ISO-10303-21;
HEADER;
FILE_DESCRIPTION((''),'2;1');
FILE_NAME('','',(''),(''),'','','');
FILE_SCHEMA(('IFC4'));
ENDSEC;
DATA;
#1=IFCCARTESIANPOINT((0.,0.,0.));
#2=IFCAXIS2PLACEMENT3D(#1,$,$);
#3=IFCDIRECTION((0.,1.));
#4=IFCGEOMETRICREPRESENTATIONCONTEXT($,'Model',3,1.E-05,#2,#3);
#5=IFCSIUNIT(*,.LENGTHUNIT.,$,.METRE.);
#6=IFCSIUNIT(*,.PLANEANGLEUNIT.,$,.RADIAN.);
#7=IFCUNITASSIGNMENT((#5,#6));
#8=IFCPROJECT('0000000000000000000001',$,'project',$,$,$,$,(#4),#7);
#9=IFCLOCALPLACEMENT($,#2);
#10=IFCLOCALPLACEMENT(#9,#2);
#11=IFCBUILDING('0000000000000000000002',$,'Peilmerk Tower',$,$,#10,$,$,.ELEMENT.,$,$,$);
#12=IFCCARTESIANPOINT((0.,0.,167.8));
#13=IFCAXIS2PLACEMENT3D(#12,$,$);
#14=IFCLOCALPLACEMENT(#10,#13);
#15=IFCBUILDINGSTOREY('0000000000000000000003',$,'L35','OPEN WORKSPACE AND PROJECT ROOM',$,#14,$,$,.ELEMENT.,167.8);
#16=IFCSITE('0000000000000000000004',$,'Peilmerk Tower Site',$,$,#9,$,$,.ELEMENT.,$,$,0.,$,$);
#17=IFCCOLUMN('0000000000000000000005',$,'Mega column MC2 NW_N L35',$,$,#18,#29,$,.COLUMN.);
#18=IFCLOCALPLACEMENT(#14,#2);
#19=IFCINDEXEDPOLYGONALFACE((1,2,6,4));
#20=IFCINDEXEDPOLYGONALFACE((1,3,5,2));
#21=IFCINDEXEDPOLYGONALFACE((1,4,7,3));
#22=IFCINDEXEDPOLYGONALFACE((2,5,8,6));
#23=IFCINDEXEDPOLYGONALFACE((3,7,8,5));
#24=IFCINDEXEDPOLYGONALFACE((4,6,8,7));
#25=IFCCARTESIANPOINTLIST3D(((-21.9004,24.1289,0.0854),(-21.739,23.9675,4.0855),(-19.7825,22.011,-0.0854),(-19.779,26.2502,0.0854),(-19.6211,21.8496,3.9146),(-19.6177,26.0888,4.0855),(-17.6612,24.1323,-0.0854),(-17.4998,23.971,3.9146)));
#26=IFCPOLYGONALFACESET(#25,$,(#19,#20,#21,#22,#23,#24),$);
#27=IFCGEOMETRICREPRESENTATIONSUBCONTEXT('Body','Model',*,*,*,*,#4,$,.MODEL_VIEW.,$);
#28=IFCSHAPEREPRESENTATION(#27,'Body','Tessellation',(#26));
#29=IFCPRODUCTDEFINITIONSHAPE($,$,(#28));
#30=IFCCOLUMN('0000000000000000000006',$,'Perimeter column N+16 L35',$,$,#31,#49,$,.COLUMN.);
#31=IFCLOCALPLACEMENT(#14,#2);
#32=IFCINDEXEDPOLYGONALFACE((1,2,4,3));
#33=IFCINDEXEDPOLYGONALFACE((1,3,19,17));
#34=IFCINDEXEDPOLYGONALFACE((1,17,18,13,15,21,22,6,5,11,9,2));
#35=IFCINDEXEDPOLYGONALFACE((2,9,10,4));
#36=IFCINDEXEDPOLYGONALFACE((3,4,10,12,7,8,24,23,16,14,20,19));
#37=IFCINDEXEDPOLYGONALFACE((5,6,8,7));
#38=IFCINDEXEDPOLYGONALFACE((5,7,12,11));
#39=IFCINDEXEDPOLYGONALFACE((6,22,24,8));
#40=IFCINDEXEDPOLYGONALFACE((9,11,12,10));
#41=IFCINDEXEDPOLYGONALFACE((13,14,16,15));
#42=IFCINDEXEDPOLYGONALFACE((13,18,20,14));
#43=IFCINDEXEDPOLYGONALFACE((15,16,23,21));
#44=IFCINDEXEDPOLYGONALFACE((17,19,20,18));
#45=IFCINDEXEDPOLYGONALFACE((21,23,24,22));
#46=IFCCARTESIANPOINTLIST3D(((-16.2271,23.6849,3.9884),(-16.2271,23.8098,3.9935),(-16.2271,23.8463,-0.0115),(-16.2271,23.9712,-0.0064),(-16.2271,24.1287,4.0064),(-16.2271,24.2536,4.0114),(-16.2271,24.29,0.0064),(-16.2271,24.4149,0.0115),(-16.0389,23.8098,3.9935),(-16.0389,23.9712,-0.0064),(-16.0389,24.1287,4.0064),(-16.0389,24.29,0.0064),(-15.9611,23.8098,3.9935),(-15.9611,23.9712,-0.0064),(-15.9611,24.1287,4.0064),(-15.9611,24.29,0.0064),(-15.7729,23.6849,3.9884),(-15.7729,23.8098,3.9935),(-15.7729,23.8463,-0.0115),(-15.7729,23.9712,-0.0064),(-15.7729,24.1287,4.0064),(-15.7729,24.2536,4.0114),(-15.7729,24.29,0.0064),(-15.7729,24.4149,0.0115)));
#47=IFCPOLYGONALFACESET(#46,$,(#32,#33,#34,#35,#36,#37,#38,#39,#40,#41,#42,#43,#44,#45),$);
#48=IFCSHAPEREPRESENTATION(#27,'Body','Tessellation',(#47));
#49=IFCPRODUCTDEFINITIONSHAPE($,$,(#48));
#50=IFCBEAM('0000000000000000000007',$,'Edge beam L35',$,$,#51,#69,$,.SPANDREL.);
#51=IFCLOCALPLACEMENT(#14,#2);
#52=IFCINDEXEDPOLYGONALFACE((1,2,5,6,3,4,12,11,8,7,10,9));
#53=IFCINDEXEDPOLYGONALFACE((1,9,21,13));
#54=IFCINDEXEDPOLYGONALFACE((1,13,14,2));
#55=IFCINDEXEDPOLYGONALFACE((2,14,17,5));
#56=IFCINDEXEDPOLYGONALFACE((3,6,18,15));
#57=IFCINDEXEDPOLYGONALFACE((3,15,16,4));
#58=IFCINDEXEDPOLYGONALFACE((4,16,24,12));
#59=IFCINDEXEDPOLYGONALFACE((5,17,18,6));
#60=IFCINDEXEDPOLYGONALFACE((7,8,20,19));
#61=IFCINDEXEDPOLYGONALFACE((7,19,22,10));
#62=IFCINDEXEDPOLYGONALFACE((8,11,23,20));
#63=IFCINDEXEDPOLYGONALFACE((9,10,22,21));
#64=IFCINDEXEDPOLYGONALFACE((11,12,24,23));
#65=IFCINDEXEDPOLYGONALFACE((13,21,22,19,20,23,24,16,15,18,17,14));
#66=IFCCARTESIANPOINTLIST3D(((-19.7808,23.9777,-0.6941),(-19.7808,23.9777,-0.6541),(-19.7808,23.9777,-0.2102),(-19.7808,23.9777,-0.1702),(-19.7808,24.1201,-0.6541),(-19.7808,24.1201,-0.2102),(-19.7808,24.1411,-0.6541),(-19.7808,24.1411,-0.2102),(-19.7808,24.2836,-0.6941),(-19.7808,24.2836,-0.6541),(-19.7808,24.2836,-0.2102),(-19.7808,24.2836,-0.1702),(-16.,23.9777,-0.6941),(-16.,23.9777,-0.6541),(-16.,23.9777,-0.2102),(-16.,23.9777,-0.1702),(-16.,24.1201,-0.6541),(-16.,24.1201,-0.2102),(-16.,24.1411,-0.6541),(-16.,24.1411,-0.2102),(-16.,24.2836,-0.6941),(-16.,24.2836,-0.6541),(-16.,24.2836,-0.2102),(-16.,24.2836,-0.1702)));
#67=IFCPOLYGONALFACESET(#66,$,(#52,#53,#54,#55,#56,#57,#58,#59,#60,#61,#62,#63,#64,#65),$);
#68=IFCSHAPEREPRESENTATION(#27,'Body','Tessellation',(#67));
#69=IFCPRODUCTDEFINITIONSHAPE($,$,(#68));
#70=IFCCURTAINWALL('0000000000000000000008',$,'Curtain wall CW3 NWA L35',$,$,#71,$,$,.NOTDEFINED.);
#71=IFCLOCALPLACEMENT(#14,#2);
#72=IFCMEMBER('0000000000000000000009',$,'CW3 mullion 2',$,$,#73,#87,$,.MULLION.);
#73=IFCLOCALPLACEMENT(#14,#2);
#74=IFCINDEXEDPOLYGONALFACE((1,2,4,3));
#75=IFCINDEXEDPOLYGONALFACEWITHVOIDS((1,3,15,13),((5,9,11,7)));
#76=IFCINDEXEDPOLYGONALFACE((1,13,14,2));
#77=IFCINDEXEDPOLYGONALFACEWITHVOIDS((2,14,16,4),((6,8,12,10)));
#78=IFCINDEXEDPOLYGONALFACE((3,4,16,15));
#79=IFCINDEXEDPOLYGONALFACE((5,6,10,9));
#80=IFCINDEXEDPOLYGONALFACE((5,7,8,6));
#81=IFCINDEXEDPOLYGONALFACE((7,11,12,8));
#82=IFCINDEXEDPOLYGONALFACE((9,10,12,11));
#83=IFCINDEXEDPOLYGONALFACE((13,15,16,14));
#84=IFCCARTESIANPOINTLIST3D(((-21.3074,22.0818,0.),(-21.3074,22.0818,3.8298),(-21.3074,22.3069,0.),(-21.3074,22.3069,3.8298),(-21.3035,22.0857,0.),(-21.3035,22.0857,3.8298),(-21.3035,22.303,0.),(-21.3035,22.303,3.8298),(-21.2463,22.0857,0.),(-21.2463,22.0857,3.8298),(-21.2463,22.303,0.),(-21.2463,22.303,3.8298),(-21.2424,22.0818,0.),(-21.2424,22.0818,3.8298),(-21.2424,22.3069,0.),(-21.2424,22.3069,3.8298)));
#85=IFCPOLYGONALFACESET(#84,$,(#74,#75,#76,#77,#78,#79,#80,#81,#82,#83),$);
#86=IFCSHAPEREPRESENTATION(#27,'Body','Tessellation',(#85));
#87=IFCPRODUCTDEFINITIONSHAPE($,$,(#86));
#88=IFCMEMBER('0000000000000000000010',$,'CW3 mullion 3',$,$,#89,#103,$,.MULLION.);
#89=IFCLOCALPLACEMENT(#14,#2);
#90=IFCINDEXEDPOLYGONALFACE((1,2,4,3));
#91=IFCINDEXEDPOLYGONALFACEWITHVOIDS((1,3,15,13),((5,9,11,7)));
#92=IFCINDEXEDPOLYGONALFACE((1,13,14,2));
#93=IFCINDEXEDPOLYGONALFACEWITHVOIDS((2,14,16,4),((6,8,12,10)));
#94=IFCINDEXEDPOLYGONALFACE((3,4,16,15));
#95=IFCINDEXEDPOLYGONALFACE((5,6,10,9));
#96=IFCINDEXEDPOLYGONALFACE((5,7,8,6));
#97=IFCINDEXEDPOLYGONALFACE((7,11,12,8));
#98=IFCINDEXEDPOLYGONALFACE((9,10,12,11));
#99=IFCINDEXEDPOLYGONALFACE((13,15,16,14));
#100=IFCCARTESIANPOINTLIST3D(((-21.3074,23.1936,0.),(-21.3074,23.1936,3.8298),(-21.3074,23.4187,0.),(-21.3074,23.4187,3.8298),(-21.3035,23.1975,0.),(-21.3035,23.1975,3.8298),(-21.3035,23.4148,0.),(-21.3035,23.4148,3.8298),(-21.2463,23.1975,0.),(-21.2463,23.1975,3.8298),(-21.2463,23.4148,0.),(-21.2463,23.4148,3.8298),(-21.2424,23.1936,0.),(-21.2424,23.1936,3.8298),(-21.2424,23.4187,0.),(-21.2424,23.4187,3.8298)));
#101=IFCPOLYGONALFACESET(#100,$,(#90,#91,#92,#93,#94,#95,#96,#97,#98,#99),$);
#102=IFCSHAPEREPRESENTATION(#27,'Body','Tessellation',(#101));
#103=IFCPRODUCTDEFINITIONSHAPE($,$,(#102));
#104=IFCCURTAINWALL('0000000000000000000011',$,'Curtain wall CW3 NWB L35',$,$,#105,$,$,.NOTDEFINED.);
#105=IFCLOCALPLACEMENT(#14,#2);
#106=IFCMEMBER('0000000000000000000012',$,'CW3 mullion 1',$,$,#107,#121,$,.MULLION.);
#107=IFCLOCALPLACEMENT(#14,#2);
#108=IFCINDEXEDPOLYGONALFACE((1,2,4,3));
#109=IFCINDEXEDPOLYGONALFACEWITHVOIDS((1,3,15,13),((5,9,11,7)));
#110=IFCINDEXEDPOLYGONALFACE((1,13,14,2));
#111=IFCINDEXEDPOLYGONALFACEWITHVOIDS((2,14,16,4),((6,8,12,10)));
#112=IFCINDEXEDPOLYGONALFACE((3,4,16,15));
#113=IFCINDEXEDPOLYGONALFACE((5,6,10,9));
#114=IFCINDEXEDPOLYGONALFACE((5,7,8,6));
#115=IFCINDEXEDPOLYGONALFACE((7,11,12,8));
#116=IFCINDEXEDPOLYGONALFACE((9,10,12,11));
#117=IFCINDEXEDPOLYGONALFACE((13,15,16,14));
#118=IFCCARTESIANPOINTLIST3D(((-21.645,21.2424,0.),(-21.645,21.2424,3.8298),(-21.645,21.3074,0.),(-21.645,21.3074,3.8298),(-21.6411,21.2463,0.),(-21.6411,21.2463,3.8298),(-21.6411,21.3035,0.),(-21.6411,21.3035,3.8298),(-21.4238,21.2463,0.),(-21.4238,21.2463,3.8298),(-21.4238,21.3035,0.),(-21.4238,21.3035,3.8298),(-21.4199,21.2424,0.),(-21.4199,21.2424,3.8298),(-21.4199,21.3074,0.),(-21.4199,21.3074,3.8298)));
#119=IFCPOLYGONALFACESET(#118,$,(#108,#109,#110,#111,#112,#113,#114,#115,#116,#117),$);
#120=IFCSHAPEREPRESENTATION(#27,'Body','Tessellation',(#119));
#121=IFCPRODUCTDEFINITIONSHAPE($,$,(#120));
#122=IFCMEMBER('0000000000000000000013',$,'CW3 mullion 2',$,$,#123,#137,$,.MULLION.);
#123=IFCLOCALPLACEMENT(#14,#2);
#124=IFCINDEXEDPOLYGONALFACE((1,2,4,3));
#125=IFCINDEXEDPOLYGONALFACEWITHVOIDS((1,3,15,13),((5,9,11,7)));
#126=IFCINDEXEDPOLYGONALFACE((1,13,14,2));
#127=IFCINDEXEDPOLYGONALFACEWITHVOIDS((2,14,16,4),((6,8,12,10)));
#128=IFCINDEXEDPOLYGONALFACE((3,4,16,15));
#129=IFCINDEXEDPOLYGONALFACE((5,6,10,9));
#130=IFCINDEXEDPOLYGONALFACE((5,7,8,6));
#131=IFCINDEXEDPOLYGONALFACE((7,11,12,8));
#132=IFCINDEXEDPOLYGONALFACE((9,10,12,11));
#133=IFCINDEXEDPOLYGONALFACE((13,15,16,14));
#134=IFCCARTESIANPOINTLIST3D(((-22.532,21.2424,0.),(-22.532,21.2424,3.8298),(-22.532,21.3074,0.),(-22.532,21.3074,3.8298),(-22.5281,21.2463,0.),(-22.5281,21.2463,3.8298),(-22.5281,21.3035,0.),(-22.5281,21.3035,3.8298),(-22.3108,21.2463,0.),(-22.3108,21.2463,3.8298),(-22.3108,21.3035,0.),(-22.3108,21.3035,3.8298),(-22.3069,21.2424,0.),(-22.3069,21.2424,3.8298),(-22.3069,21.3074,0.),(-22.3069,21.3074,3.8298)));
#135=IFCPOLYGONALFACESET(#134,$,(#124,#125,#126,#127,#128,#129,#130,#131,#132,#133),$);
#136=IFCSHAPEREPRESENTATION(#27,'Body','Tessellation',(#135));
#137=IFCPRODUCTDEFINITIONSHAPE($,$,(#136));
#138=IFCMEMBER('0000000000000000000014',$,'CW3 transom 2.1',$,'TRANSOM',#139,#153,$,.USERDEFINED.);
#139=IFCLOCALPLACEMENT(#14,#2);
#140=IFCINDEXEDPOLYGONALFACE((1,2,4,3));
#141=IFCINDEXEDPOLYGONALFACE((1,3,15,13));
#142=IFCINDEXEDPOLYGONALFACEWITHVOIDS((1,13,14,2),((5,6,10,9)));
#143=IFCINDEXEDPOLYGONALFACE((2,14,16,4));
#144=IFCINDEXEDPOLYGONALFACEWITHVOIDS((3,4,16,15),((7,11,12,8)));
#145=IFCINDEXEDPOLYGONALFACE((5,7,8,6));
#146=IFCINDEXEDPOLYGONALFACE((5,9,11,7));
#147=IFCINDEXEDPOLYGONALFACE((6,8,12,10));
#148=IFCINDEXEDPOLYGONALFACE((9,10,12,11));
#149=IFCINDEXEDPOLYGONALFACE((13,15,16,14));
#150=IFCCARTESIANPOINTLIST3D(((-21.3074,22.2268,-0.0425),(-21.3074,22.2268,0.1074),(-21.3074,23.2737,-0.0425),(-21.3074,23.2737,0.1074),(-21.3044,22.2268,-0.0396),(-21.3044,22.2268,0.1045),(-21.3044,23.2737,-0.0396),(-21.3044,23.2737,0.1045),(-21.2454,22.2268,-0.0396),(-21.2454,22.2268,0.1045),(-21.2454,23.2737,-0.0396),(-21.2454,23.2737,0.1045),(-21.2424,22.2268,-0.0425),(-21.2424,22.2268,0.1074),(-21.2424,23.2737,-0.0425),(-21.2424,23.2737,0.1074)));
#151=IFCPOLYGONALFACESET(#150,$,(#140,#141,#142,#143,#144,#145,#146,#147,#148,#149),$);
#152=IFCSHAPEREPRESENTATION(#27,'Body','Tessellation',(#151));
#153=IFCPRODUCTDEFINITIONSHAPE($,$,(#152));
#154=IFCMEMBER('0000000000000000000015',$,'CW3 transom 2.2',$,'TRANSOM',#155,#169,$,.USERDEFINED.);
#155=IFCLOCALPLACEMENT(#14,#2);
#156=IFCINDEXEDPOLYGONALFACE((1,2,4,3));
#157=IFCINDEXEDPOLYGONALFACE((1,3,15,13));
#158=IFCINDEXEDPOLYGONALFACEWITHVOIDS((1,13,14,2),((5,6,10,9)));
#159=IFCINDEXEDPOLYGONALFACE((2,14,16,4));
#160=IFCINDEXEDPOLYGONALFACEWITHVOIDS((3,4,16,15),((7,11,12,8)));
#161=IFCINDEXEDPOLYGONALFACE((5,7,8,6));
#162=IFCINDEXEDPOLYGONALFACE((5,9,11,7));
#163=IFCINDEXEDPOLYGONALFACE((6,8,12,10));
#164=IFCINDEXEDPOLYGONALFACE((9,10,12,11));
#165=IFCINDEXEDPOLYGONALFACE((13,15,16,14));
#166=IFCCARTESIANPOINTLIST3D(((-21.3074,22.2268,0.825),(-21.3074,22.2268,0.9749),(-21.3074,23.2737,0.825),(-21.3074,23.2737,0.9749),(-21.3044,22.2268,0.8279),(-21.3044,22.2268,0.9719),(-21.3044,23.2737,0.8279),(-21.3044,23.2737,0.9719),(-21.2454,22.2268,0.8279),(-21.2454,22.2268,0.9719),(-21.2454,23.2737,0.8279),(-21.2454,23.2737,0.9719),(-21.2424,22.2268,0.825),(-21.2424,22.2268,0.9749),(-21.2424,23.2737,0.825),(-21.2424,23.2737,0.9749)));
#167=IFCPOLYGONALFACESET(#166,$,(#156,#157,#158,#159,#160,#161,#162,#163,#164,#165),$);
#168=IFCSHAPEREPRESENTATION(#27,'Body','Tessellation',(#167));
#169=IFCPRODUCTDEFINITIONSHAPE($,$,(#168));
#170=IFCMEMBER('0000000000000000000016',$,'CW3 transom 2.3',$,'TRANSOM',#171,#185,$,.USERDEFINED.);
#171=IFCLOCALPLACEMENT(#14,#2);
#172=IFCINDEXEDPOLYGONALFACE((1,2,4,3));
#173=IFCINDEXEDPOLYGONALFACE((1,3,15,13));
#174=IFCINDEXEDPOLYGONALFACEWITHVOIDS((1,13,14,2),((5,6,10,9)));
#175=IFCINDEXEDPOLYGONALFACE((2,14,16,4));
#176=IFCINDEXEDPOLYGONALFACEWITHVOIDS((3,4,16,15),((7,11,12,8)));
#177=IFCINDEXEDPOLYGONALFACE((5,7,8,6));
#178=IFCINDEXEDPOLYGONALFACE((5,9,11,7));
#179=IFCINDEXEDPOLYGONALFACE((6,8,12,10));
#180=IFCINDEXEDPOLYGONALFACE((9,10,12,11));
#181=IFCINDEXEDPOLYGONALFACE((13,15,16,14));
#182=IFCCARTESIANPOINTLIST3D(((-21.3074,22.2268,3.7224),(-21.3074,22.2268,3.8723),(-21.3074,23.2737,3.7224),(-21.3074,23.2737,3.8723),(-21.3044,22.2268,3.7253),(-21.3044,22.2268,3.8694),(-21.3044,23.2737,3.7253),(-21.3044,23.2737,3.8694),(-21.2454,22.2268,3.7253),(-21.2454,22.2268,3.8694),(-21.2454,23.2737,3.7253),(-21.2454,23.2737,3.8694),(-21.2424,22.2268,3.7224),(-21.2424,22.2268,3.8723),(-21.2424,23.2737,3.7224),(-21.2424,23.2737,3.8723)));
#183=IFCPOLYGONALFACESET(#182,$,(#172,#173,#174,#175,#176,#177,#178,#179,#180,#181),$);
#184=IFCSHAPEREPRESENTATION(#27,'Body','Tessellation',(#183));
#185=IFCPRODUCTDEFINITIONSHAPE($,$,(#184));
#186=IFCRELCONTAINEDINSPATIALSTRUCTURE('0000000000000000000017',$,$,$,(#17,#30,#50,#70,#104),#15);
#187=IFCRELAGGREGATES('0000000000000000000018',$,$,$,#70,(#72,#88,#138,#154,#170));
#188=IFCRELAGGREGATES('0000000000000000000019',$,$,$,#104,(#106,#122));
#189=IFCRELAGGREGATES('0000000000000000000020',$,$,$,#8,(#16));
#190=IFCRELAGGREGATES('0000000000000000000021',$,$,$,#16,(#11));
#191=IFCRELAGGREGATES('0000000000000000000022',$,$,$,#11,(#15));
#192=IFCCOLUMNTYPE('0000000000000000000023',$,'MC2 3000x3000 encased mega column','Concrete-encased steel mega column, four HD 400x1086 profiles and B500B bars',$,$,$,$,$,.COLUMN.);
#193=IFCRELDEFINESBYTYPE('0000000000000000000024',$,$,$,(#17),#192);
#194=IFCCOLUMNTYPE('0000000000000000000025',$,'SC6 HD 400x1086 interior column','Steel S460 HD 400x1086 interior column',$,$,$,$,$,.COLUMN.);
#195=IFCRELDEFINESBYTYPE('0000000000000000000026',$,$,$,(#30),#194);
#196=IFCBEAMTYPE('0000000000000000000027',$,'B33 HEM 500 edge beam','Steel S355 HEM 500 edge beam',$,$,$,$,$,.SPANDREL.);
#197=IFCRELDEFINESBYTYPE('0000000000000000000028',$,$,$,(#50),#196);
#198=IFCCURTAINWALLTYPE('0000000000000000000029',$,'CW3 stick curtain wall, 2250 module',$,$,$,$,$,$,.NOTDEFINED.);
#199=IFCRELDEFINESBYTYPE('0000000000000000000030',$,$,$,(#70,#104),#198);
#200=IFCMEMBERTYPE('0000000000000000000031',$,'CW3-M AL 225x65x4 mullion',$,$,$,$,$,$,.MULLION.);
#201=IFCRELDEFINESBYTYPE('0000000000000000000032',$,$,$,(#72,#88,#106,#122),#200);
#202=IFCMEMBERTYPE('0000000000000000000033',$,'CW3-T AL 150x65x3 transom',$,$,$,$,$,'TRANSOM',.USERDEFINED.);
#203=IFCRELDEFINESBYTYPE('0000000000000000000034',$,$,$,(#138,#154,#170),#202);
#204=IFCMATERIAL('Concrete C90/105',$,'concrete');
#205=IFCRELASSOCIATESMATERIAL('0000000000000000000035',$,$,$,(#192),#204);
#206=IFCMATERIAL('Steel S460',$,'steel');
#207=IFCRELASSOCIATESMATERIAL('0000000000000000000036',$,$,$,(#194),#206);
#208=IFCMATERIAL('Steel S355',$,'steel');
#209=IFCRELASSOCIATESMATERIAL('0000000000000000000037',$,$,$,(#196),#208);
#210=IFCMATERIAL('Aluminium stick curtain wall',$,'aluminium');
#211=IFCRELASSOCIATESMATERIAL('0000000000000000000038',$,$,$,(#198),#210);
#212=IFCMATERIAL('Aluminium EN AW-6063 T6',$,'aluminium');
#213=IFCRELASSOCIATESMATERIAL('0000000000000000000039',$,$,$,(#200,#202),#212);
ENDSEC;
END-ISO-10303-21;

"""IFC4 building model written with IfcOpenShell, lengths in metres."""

from ifc_helpers import new_model, si_unit, direction, frame, origin, origin_2d, place, context, subcontext, project, spatial, rectangle, hollow_rectangle, i_section, extrude, material, material_profile, profile_set, type_object, element, aggregate, save


model = new_model("IFC4")

# Units and contexts
model_context = context("Model", 3, precision=1e-05, world=origin(), true_north=direction((0.0, 1.0)))
body_context = subcontext(model_context, "Body", "Model", "MODEL_VIEW")
ifc_project = project(units=[si_unit("LENGTHUNIT", "METRE"), si_unit("PLANEANGLEUNIT", "RADIAN")], contexts=[model_context])

# Site, building, storey
site_placement = place(None, origin())
site = spatial("IfcSite", under=ifc_project, at=site_placement, Name="Peilmerk Tower Site", CompositionType="ELEMENT", RefElevation=0.0)
building_placement = place(site_placement, origin())
building = spatial("IfcBuilding", under=site, at=building_placement, Name="Peilmerk Tower", CompositionType="ELEMENT")
storey_placement = place(building_placement, frame((0.0, 0.0, 167.8)))
storey = spatial("IfcBuildingStorey", under=building, at=storey_placement, Name="L35", Description="OPEN WORKSPACE AND PROJECT ROOM", CompositionType="ELEMENT", Elevation=167.8)

# Columns
ifc_material_1 = material(Name="Concrete C90/105", Category="concrete")
ifc_material_profile_1 = material_profile(ifc_material_1, rectangle(XDim=3.0, YDim=3.0, at=origin_2d()), Name="RC 3000x3000")
ifc_profile_set_1 = profile_set([ifc_material_profile_1], Name="Concrete C90/105")
column_type_1 = type_object("IfcColumnType", Name="MC2 3000x3000 encased mega column", Description="Concrete-encased steel mega column, four HD 400x1086 profiles and B500B bars", PredefinedType="COLUMN", material=ifc_profile_set_1)
column_1_placement = place(storey_placement, frame((-19.7808, 24.1306, 0.0), z_axis=(0.040279, -0.040279, 0.998376), x_axis=(0.707107, 0.707107, 0.0)))
element("IfcColumn", 1, at=column_1_placement, inside=storey, type_object=column_type_1, Name="Mega column MC2 NW_N L35", PredefinedType="COLUMN", context=body_context, shape_type="SweptSolid", body=[
    extrude(rectangle(XDim=3.0, YDim=3.0, at=origin_2d()), origin(), (0.0, 0.0, 1.0), 4.0066),
])
ifc_material_2 = material(Name="Steel S460", Category="steel")
ifc_material_profile_2 = material_profile(ifc_material_2, i_section(OverallWidth=0.4541, OverallDepth=0.5691, WebThickness=0.0779, FlangeThickness=0.125, at=origin_2d()), Name="HD 400x1086")
ifc_profile_set_2 = profile_set([ifc_material_profile_2], Name="Steel S460")
column_type_2 = type_object("IfcColumnType", Name="SC6 HD 400x1086 interior column", Description="Steel S460 HD 400x1086 interior column", PredefinedType="COLUMN", material=ifc_profile_set_2)
column_2_placement = place(storey_placement, frame((-16.0, 24.1306, 0.0), z_axis=(0.0, -0.040311, 0.999187), x_axis=(1.0, 0.0, 0.0)))
element("IfcColumn", 2, at=column_2_placement, inside=storey, type_object=column_type_2, Name="Perimeter column N+16 L35", PredefinedType="COLUMN", context=body_context, shape_type="SweptSolid", body=[
    extrude(i_section(OverallWidth=0.4541, OverallDepth=0.5691, WebThickness=0.0779, FlangeThickness=0.125, at=origin_2d()), origin(), (0.0, 0.0, 1.0), 4.0032),
])

# Beam
ifc_material_3 = material(Name="Steel S355", Category="steel")
ifc_material_profile_3 = material_profile(ifc_material_3, i_section(OverallWidth=0.3059, OverallDepth=0.5239, WebThickness=0.021, FlangeThickness=0.04, at=origin_2d()), Name="HEM 500")
ifc_profile_set_3 = profile_set([ifc_material_profile_3], Name="Steel S355")
beam_type = type_object("IfcBeamType", Name="B33 HEM 500 edge beam", Description="Steel S355 HEM 500 edge beam", PredefinedType="SPANDREL", material=ifc_profile_set_3)
beam_placement = place(storey_placement, frame((-16.0, 24.1306, -0.4321), z_axis=(-1.0, 0.0, 0.0), x_axis=(0.0, -1.0, 0.0)))
element("IfcBeam", 3, at=beam_placement, inside=storey, type_object=beam_type, Name="Edge beam L35", PredefinedType="SPANDREL", context=body_context, shape_type="SweptSolid", body=[
    extrude(i_section(OverallWidth=0.3059, OverallDepth=0.5239, WebThickness=0.021, FlangeThickness=0.04, at=origin_2d()), origin(), (0.0, 0.0, 1.0), 3.7808),
])

# Curtain walls, members
ifc_material_4 = material(Name="Aluminium stick curtain wall", Category="aluminium")
curtain_wall_type = type_object("IfcCurtainWallType", Name="CW3 stick curtain wall, 2250 module", PredefinedType="NOTDEFINED", material=ifc_material_4)
curtain_wall_1_placement = place(storey_placement, origin())
curtain_wall_1 = element("IfcCurtainWall", 4, at=curtain_wall_1_placement, inside=storey, type_object=curtain_wall_type, Name="Curtain wall CW3 NWA L35", PredefinedType="NOTDEFINED")
ifc_material_5 = material(Name="Aluminium EN AW-6063 T6", Category="aluminium")
ifc_material_profile_4 = material_profile(ifc_material_5, hollow_rectangle(XDim=0.0649, YDim=0.2251, WallThickness=0.0039, at=origin_2d()), Name="AL 225x65x4")
ifc_profile_set_4 = profile_set([ifc_material_profile_4], Name="Aluminium EN AW-6063 T6")
member_type_1 = type_object("IfcMemberType", Name="CW3-M AL 225x65x4 mullion", PredefinedType="MULLION", material=ifc_profile_set_4)
member_1_placement = place(storey_placement, frame((-21.2749, 22.1943, 0.0), z_axis=(0.0, 0.0, 1.0), x_axis=(-1.0, 0.0, 0.0)))
member_1 = element("IfcMember", 5, at=member_1_placement, type_object=member_type_1, Name="CW3 mullion 2", PredefinedType="MULLION", context=body_context, shape_type="SweptSolid", body=[
    extrude(hollow_rectangle(XDim=0.0649, YDim=0.2251, WallThickness=0.0039, at=origin_2d()), origin(), (0.0, 0.0, 1.0), 3.8298),
])
member_2_placement = place(storey_placement, frame((-21.2749, 23.3062, 0.0), z_axis=(0.0, 0.0, 1.0), x_axis=(-1.0, 0.0, 0.0)))
member_2 = element("IfcMember", 6, at=member_2_placement, type_object=member_type_1, Name="CW3 mullion 3", PredefinedType="MULLION", context=body_context, shape_type="SweptSolid", body=[
    extrude(hollow_rectangle(XDim=0.0649, YDim=0.2251, WallThickness=0.0039, at=origin_2d()), origin(), (0.0, 0.0, 1.0), 3.8298),
])
curtain_wall_2_placement = place(storey_placement, origin())
curtain_wall_2 = element("IfcCurtainWall", 7, at=curtain_wall_2_placement, inside=storey, type_object=curtain_wall_type, Name="Curtain wall CW3 NWB L35", PredefinedType="NOTDEFINED")
member_3_placement = place(storey_placement, frame((-21.5325, 21.2749, 0.0), z_axis=(0.0, 0.0, 1.0), x_axis=(0.0, -1.0, 0.0)))
member_3 = element("IfcMember", 8, at=member_3_placement, type_object=member_type_1, Name="CW3 mullion 1", PredefinedType="MULLION", context=body_context, shape_type="SweptSolid", body=[
    extrude(hollow_rectangle(XDim=0.0649, YDim=0.2251, WallThickness=0.0039, at=origin_2d()), origin(), (0.0, 0.0, 1.0), 3.8298),
])
member_4_placement = place(storey_placement, frame((-22.4194, 21.2749, 0.0), z_axis=(0.0, 0.0, 1.0), x_axis=(0.0, -1.0, 0.0)))
member_4 = element("IfcMember", 9, at=member_4_placement, type_object=member_type_1, Name="CW3 mullion 2", PredefinedType="MULLION", context=body_context, shape_type="SweptSolid", body=[
    extrude(hollow_rectangle(XDim=0.0649, YDim=0.2251, WallThickness=0.0039, at=origin_2d()), origin(), (0.0, 0.0, 1.0), 3.8298),
])

# Members
ifc_material_profile_5 = material_profile(ifc_material_5, hollow_rectangle(XDim=0.0649, YDim=0.1499, WallThickness=0.0029, at=origin_2d()), Name="AL 150x65x3")
ifc_profile_set_5 = profile_set([ifc_material_profile_5], Name="Aluminium EN AW-6063 T6")
member_type_2 = type_object("IfcMemberType", Name="CW3-T AL 150x65x3 transom", ElementType="TRANSOM", PredefinedType="USERDEFINED", material=ifc_profile_set_5)
member_5_placement = place(storey_placement, frame((-21.2749, 22.2268, 0.0325), z_axis=(0.0, 1.0, 0.0), x_axis=(-1.0, 0.0, 0.0)))
member_5 = element("IfcMember", 10, at=member_5_placement, type_object=member_type_2, Name="CW3 transom 2.1", ObjectType="TRANSOM", PredefinedType="USERDEFINED", context=body_context, shape_type="SweptSolid", body=[
    extrude(hollow_rectangle(XDim=0.0649, YDim=0.1499, WallThickness=0.0029, at=origin_2d()), origin(), (0.0, 0.0, 1.0), 1.0469),
])
member_6_placement = place(storey_placement, frame((-21.2749, 22.2268, 0.8999), z_axis=(0.0, 1.0, 0.0), x_axis=(-1.0, 0.0, 0.0)))
member_6 = element("IfcMember", 11, at=member_6_placement, type_object=member_type_2, Name="CW3 transom 2.2", ObjectType="TRANSOM", PredefinedType="USERDEFINED", context=body_context, shape_type="SweptSolid", body=[
    extrude(hollow_rectangle(XDim=0.0649, YDim=0.1499, WallThickness=0.0029, at=origin_2d()), origin(), (0.0, 0.0, 1.0), 1.0469),
])
member_7_placement = place(storey_placement, frame((-21.2749, 22.2268, 3.7974), z_axis=(0.0, 1.0, 0.0), x_axis=(-1.0, 0.0, 0.0)))
member_7 = element("IfcMember", 12, at=member_7_placement, type_object=member_type_2, Name="CW3 transom 2.3", ObjectType="TRANSOM", PredefinedType="USERDEFINED", context=body_context, shape_type="SweptSolid", body=[
    extrude(hollow_rectangle(XDim=0.0649, YDim=0.1499, WallThickness=0.0029, at=origin_2d()), origin(), (0.0, 0.0, 1.0), 1.0469),
])

aggregate(curtain_wall_1, [member_1, member_2, member_5, member_6, member_7])
aggregate(curtain_wall_2, [member_3, member_4])

save(model, "model.ifc")
